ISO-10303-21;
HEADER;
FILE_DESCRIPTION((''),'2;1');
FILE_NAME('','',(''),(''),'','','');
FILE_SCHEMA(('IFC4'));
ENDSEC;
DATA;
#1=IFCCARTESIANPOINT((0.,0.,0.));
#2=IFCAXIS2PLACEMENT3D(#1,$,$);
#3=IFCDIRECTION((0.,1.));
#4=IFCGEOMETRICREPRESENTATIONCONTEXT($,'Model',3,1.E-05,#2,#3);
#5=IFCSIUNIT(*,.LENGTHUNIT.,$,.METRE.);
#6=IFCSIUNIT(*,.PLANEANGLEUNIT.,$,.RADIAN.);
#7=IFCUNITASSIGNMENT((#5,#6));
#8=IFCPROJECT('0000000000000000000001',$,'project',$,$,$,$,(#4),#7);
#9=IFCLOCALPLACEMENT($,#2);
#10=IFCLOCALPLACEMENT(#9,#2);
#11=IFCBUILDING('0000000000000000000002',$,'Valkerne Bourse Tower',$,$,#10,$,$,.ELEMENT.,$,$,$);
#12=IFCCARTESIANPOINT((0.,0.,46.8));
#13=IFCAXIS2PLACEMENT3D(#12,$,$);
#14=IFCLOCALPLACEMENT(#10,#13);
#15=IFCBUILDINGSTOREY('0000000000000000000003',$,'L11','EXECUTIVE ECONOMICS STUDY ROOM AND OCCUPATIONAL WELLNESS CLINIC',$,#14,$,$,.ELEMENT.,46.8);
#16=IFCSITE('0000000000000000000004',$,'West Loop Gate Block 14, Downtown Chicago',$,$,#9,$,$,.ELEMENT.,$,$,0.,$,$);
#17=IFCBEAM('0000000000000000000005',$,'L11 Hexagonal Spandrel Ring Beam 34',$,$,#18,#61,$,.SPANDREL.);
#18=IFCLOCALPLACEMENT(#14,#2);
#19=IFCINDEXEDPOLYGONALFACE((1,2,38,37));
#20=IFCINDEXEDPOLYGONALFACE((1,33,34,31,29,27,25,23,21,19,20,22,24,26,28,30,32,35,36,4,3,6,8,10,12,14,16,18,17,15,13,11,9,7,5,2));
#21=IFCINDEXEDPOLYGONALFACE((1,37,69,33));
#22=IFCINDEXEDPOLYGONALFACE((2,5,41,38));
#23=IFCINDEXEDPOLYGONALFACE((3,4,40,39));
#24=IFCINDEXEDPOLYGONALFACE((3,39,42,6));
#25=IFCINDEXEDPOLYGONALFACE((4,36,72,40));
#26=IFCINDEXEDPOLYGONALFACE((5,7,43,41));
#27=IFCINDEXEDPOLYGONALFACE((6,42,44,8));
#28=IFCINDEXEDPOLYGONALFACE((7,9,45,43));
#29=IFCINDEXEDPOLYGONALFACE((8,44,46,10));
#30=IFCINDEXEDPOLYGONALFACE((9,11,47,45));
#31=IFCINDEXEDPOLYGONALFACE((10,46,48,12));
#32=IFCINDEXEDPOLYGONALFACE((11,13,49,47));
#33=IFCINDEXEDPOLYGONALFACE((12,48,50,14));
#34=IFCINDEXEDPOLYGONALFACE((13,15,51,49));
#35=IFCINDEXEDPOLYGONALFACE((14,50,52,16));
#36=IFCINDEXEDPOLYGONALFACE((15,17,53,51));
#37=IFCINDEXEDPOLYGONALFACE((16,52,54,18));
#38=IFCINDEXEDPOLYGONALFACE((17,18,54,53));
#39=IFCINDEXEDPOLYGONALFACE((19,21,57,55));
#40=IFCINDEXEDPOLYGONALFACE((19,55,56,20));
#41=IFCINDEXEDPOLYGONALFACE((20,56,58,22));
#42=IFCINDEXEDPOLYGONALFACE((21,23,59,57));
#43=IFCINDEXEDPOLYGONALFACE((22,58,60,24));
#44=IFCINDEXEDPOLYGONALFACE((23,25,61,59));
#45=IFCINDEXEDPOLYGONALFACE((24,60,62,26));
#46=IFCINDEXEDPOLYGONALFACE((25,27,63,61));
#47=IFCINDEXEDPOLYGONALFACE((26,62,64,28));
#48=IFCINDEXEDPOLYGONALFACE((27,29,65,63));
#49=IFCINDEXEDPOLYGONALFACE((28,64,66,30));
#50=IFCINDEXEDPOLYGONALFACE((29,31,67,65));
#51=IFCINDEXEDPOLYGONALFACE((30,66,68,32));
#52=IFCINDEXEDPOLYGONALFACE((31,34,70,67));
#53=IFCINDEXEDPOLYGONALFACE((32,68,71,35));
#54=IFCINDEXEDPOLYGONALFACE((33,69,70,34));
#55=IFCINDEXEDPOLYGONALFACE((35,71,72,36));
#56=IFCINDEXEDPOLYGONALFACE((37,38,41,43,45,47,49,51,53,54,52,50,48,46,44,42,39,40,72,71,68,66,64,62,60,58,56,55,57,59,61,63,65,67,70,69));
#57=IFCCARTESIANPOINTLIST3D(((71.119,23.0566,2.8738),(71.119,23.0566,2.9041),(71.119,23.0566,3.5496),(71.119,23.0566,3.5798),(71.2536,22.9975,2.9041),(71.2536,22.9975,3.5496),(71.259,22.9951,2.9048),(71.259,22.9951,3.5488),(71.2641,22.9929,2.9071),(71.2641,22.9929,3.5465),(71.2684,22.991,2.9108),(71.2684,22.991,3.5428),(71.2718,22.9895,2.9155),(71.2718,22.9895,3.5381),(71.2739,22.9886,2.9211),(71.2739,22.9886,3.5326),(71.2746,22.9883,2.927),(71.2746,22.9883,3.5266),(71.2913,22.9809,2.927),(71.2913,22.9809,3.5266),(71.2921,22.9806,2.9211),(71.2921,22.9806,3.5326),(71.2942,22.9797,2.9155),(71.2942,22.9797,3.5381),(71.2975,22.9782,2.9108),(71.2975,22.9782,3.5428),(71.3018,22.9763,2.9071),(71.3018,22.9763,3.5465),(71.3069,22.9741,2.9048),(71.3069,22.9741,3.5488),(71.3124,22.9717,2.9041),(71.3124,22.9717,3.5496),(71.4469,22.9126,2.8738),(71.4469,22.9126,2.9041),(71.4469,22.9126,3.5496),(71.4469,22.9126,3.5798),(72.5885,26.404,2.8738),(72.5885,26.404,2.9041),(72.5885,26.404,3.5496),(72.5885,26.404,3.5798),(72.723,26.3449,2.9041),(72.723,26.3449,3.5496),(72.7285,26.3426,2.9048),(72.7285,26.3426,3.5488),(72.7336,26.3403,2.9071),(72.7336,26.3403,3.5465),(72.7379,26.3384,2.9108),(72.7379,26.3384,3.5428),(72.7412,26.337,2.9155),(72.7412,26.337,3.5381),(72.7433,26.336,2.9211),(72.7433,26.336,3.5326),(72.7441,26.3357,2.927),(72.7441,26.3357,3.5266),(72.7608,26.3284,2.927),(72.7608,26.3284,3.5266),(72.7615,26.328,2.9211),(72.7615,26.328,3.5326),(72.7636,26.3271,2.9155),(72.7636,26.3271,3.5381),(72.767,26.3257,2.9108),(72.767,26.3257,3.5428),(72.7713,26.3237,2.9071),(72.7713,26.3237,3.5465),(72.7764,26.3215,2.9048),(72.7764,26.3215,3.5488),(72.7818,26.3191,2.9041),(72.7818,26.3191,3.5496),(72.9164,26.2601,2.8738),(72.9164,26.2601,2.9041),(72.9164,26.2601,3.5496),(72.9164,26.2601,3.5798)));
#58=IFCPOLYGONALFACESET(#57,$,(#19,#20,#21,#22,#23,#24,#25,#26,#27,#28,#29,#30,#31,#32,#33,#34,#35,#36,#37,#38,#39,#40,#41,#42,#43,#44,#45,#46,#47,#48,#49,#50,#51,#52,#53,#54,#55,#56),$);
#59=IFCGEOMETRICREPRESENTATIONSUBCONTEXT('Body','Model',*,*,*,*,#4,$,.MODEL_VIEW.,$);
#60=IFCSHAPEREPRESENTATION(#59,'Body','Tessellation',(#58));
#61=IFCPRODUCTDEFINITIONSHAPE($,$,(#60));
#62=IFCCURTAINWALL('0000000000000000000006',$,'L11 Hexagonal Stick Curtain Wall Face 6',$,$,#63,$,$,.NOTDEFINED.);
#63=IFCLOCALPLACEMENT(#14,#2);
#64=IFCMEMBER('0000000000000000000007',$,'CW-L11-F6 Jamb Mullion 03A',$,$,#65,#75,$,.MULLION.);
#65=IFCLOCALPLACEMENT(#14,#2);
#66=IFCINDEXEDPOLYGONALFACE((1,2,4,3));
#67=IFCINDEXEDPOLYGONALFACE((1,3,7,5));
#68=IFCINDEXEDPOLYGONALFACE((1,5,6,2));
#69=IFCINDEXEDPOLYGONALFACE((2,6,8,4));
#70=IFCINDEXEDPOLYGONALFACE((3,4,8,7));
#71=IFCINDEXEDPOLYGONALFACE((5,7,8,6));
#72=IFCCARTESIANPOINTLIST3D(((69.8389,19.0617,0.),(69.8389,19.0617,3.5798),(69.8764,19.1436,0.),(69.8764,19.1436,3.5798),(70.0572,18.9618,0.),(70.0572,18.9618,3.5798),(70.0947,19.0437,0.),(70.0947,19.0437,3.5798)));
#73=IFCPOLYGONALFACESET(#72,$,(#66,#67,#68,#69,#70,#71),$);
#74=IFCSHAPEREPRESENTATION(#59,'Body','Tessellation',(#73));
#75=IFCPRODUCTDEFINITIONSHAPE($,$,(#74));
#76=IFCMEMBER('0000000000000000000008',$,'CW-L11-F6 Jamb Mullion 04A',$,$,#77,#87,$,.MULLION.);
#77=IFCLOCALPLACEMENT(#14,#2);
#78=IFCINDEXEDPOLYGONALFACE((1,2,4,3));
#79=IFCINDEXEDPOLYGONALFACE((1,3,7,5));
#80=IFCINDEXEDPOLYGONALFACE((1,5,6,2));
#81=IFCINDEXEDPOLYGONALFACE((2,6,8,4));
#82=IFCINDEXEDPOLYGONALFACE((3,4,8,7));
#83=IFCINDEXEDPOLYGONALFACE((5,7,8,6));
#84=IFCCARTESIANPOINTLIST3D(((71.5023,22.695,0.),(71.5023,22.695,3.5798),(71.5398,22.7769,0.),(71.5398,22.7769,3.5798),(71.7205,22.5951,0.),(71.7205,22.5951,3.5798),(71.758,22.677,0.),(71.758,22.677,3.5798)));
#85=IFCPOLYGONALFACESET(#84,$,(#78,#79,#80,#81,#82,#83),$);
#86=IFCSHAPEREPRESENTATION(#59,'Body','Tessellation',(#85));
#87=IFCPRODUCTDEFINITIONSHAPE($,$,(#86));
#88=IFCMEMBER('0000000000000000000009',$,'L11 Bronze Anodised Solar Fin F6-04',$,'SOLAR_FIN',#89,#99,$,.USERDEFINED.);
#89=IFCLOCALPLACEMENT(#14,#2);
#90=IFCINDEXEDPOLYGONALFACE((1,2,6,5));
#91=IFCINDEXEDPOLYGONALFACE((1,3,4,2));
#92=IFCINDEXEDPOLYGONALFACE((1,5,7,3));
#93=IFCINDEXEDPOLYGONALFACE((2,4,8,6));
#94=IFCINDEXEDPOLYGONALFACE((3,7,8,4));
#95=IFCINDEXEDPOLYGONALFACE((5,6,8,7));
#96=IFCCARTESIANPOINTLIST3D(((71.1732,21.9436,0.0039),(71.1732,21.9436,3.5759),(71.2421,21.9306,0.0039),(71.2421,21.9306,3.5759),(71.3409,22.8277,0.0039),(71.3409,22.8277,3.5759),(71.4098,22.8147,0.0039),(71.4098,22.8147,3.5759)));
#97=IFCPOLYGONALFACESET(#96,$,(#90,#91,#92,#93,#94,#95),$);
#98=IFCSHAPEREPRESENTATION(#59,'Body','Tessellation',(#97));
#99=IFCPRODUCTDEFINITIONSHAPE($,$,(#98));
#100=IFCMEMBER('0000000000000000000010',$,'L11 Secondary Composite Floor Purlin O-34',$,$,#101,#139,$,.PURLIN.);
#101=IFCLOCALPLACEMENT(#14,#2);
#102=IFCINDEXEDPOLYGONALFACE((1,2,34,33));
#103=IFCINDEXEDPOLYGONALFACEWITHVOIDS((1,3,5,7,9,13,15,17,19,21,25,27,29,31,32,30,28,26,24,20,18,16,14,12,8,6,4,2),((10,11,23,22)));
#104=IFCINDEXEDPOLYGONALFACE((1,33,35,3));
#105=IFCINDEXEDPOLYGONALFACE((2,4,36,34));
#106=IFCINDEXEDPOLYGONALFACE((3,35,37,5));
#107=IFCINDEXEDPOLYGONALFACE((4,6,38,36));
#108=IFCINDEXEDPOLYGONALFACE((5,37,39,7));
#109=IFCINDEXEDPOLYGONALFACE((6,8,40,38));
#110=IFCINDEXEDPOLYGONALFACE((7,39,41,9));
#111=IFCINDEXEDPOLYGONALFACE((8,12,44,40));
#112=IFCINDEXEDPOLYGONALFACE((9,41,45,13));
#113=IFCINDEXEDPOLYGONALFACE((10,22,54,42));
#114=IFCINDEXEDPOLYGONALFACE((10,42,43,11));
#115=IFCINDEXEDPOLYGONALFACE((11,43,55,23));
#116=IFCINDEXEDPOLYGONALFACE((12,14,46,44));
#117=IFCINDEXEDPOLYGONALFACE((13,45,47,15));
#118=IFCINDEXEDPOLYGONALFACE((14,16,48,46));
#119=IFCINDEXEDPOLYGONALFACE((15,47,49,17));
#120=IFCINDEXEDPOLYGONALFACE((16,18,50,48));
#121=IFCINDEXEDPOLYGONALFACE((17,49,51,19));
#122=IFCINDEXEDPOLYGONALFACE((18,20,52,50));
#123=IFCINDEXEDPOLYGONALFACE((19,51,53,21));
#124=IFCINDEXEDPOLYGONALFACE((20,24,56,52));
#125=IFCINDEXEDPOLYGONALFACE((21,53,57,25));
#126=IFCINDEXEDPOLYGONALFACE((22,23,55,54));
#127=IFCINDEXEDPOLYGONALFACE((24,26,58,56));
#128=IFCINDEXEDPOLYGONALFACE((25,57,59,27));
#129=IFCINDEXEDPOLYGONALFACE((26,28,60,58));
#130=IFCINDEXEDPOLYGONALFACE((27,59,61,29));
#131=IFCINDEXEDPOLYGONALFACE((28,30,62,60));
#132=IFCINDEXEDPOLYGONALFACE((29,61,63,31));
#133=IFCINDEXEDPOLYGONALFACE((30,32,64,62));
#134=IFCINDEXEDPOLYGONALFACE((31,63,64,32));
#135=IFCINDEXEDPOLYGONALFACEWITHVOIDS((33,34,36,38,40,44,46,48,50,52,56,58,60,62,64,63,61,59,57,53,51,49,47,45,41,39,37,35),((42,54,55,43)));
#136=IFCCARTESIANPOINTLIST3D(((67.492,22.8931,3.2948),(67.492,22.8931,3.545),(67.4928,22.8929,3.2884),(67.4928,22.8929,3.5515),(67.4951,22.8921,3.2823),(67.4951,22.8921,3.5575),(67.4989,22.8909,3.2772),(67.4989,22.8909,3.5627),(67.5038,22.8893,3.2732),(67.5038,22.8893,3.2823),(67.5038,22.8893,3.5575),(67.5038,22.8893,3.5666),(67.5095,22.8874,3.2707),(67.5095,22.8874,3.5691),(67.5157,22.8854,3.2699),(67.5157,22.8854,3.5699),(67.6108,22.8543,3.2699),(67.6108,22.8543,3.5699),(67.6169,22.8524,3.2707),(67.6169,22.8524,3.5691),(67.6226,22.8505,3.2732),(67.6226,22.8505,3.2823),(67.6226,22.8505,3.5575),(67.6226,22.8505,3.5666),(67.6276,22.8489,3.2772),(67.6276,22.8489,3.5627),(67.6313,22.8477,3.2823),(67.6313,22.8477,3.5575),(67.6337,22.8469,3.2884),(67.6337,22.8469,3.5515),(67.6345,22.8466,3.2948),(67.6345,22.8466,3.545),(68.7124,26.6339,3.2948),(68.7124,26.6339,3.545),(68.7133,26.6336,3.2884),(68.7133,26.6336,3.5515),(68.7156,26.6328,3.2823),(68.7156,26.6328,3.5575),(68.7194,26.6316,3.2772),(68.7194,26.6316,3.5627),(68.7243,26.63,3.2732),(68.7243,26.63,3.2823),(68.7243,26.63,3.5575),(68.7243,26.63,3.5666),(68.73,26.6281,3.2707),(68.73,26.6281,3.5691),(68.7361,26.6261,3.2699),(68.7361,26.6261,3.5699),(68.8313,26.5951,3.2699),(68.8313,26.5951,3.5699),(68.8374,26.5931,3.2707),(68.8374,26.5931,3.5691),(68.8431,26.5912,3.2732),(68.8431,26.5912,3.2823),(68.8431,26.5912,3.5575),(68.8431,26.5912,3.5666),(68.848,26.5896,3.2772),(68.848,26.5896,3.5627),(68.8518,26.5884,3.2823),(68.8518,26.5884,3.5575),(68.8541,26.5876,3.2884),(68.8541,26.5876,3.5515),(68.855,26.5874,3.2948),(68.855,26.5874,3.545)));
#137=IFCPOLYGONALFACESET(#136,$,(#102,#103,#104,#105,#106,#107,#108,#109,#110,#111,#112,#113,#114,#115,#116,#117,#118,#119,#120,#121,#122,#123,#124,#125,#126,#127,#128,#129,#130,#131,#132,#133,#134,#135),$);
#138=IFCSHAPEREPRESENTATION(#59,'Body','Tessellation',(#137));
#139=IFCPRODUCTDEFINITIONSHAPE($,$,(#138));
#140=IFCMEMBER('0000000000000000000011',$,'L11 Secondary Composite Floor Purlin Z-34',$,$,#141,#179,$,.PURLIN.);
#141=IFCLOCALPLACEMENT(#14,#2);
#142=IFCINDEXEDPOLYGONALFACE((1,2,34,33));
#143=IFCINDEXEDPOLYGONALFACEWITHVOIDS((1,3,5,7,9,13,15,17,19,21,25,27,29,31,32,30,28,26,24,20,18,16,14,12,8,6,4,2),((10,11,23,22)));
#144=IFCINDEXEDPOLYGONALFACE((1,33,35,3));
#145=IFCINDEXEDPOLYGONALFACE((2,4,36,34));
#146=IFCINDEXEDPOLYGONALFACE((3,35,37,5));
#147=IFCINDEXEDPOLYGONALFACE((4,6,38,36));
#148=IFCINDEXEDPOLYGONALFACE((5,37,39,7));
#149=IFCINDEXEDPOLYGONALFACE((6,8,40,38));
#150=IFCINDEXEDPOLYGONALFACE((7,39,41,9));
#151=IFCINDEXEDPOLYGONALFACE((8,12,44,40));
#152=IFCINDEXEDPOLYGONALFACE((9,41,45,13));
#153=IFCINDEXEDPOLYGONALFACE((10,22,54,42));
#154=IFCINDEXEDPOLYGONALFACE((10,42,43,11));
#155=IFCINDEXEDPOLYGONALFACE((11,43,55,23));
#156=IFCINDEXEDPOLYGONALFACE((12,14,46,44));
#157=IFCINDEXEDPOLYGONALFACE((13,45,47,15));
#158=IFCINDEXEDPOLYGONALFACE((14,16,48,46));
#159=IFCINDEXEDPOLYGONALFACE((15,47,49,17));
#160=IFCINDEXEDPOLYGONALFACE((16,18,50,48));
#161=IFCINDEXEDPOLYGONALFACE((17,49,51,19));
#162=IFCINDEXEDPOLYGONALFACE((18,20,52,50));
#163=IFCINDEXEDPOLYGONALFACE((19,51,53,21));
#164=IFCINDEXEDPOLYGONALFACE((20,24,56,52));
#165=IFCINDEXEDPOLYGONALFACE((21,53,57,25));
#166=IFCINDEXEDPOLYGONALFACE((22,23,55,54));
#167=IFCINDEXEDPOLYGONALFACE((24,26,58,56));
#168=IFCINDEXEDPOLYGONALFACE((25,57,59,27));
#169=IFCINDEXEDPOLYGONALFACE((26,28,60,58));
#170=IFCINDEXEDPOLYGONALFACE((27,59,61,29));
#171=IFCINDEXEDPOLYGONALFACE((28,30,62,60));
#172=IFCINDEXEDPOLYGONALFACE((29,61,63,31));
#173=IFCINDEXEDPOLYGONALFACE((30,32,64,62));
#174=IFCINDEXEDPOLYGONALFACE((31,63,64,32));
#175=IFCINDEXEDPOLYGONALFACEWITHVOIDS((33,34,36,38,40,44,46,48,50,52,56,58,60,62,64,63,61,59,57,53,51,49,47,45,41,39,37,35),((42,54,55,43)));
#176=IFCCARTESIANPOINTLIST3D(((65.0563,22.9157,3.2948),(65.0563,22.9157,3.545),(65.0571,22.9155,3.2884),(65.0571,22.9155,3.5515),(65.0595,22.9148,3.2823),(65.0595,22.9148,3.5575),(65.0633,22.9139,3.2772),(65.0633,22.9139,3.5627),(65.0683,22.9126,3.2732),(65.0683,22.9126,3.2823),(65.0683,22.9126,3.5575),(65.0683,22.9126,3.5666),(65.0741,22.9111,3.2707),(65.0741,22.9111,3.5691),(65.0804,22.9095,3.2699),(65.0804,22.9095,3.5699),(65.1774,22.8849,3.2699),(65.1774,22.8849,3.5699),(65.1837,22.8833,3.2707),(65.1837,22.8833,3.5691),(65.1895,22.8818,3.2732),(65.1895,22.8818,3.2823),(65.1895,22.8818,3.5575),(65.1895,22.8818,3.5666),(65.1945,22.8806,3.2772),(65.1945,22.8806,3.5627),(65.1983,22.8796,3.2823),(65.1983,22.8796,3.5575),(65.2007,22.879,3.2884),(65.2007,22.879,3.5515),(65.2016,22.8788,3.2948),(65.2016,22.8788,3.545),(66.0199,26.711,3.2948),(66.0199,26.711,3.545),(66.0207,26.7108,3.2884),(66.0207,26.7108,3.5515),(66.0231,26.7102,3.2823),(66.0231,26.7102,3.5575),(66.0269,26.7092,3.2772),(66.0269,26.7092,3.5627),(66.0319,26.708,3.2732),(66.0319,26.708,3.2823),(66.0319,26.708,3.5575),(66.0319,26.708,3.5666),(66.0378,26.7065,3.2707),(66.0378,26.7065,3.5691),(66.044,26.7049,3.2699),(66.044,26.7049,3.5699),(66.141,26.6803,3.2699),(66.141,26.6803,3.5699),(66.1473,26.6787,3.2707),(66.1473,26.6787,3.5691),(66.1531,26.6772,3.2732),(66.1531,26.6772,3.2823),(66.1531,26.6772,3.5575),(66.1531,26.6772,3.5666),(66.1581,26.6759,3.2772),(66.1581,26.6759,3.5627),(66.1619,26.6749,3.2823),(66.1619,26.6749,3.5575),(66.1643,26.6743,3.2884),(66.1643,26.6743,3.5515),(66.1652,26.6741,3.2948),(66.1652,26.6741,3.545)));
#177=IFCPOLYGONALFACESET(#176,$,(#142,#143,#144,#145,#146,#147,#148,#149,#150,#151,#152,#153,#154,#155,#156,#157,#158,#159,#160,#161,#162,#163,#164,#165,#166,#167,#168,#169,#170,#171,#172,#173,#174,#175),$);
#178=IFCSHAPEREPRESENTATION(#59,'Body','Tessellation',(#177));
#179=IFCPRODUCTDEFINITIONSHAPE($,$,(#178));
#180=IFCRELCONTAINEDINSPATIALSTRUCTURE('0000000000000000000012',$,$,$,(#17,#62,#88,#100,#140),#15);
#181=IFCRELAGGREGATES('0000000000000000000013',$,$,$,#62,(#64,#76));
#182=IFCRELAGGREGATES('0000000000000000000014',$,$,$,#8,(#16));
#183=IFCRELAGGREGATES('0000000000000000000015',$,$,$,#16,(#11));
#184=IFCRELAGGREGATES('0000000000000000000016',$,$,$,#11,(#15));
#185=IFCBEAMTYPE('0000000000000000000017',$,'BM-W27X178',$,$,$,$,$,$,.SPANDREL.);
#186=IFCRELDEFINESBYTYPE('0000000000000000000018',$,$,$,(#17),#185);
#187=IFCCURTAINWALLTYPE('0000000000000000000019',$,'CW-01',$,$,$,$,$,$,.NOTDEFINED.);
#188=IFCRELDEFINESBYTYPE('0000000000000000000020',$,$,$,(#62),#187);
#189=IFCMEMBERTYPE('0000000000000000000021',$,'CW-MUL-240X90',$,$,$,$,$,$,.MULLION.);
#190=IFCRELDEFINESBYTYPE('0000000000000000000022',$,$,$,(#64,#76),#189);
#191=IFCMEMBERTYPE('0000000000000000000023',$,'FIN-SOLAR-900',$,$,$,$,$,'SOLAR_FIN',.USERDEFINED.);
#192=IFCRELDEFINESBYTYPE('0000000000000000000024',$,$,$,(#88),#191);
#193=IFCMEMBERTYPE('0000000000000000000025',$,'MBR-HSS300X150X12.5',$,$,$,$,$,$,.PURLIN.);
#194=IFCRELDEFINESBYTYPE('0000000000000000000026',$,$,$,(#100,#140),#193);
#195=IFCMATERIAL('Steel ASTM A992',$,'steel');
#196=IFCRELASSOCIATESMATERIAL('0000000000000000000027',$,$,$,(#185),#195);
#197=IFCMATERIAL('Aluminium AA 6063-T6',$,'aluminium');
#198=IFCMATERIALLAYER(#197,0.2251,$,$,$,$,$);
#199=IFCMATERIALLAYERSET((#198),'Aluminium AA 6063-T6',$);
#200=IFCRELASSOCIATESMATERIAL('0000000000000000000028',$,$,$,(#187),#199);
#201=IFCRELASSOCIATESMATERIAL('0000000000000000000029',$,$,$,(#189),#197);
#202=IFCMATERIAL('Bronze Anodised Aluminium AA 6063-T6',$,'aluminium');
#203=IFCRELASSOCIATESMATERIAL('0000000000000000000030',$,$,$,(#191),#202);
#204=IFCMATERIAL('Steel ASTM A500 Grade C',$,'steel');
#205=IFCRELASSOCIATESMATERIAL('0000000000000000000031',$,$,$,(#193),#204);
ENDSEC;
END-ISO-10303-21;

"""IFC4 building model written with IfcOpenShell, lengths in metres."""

from ifc_helpers import new_model, si_unit, direction, frame, origin, origin_2d, place, context, subcontext, project, spatial, rectangle, hollow_rectangle, i_section, extrude, material, layer, layer_set, material_profile, profile_set, type_object, element, aggregate, save


model = new_model("IFC4")

# Units and contexts
model_context = context("Model", 3, precision=1e-05, world=origin(), true_north=direction((0.0, 1.0)))
body_context = subcontext(model_context, "Body", "Model", "MODEL_VIEW")
ifc_project = project(units=[si_unit("LENGTHUNIT", "METRE"), si_unit("PLANEANGLEUNIT", "RADIAN")], contexts=[model_context])

# Site, building, storey
site_placement = place(None, origin())
site = spatial("IfcSite", under=ifc_project, at=site_placement, Name="West Loop Gate Block 14, Downtown Chicago", CompositionType="ELEMENT", RefElevation=0.0)
building_placement = place(site_placement, origin())
building = spatial("IfcBuilding", under=site, at=building_placement, Name="Valkerne Bourse Tower", CompositionType="ELEMENT")
storey_placement = place(building_placement, frame((0.0, 0.0, 46.8)))
storey = spatial("IfcBuildingStorey", under=building, at=storey_placement, Name="L11", Description="EXECUTIVE ECONOMICS STUDY ROOM AND OCCUPATIONAL WELLNESS CLINIC", CompositionType="ELEMENT", Elevation=46.8)

# Beam
ifc_material_1 = material(Name="Steel ASTM A992", Category="steel")
ifc_material_profile_1 = material_profile(ifc_material_1, i_section(OverallWidth=0.3582, OverallDepth=0.7061, WebThickness=0.0183, FlangeThickness=0.0303, FilletRadius=0.0229, at=origin_2d()), Name="W27X178")
ifc_profile_set_1 = profile_set([ifc_material_profile_1], Name="Steel ASTM A992")
beam_type_1 = type_object("IfcBeamType", Name="BM-W27X178", PredefinedType="SPANDREL", material=ifc_profile_set_1)
beam_1_placement = place(storey_placement, frame((71.283, 22.9846, 3.2268), z_axis=(0.401964, 0.915655, 0.0), x_axis=(-0.915655, 0.401964, 0.0)))
element("IfcBeam", 1, at=beam_1_placement, inside=storey, type_object=beam_type_1, Name="L11 Hexagonal Spandrel Ring Beam 34", PredefinedType="SPANDREL", context=body_context, shape_type="SweptSolid", body=[
    extrude(i_section(OverallWidth=0.3582, OverallDepth=0.7061, WebThickness=0.0183, FlangeThickness=0.0303, FilletRadius=0.0229, at=origin_2d()), origin(), (0.0, 0.0, 1.0), 3.6558),
])

# Curtain wall, members
ifc_material_2 = material(Name="Aluminium AA 6063-T6", Category="aluminium")
ifc_layer_1 = layer(ifc_material_2, 0.2251)
ifc_layer_set_1 = layer_set([ifc_layer_1], Name="Aluminium AA 6063-T6")
curtain_wall_type = type_object("IfcCurtainWallType", Name="CW-01", PredefinedType="NOTDEFINED", material=ifc_layer_set_1)
curtain_wall_placement = place(storey_placement, origin())
curtain_wall = element("IfcCurtainWall", 2, at=curtain_wall_placement, inside=storey, type_object=curtain_wall_type, Name="L11 Hexagonal Stick Curtain Wall Face 6", PredefinedType="NOTDEFINED")
ifc_material_profile_2 = material_profile(ifc_material_2, rectangle(XDim=0.0901, YDim=0.24, at=origin_2d()), Name="CWM-90X240")
ifc_profile_set_2 = profile_set([ifc_material_profile_2], Name="Aluminium AA 6063-T6")
member_type_1 = type_object("IfcMemberType", Name="CW-MUL-240X90", PredefinedType="MULLION", material=ifc_profile_set_2)
member_1_placement = place(storey_placement, frame((69.9668, 19.0527, 0.0), z_axis=(0.0, 0.0, 1.0), x_axis=(0.416269, 0.909241, 0.0)))
member_1 = element("IfcMember", 3, at=member_1_placement, type_object=member_type_1, Name="CW-L11-F6 Jamb Mullion 03A", PredefinedType="MULLION", context=body_context, shape_type="SweptSolid", body=[
    extrude(rectangle(XDim=0.0901, YDim=0.24, at=origin_2d()), origin(), (0.0, 0.0, 1.0), 3.5798),
])
member_2_placement = place(storey_placement, frame((71.6301, 22.686, 0.0), z_axis=(0.0, 0.0, 1.0), x_axis=(0.41629, 0.909232, 0.0)))
member_2 = element("IfcMember", 4, at=member_2_placement, type_object=member_type_1, Name="CW-L11-F6 Jamb Mullion 04A", PredefinedType="MULLION", context=body_context, shape_type="SweptSolid", body=[
    extrude(rectangle(XDim=0.0901, YDim=0.24, at=origin_2d()), origin(), (0.0, 0.0, 1.0), 3.5798),
])

# Members
ifc_material_3 = material(Name="Bronze Anodised Aluminium AA 6063-T6", Category="aluminium")
ifc_material_profile_3 = material_profile(ifc_material_3, rectangle(XDim=0.0701, YDim=0.8999, at=origin_2d()), Name="FIN-70X900")
ifc_profile_set_3 = profile_set([ifc_material_profile_3], Name="Bronze Anodised Aluminium AA 6063-T6")
member_type_2 = type_object("IfcMemberType", Name="FIN-SOLAR-900", ElementType="SOLAR_FIN", PredefinedType="USERDEFINED", material=ifc_profile_set_3)
member_3_placement = place(storey_placement, frame((71.2915, 22.3792, 0.0039), z_axis=(0.0, 0.0, 1.0), x_axis=(0.982482, -0.186357, 0.0)))
element("IfcMember", 5, at=member_3_placement, inside=storey, type_object=member_type_2, Name="L11 Bronze Anodised Solar Fin F6-04", ObjectType="SOLAR_FIN", PredefinedType="USERDEFINED", context=body_context, shape_type="SweptSolid", body=[
    extrude(rectangle(XDim=0.0701, YDim=0.8999, at=origin_2d()), origin(), (0.0, 0.0, 1.0), 3.572),
])
ifc_material_4 = material(Name="Steel ASTM A500 Grade C", Category="steel")
ifc_material_profile_4 = material_profile(ifc_material_4, hollow_rectangle(XDim=0.1499, YDim=0.3, WallThickness=0.0125, OuterFilletRadius=0.0249, at=origin_2d()), Name="HSS300X150X12.5")
ifc_profile_set_4 = profile_set([ifc_material_profile_4], Name="Steel ASTM A500 Grade C")
member_type_3 = type_object("IfcMemberType", Name="MBR-HSS300X150X12.5", PredefinedType="PURLIN", material=ifc_profile_set_4)
member_4_placement = place(storey_placement, frame((67.5632, 22.8699, 3.4199), z_axis=(0.310172, 0.950681, 0.0), x_axis=(-0.950681, 0.310172, 0.0)))
element("IfcMember", 6, at=member_4_placement, inside=storey, type_object=member_type_3, Name="L11 Secondary Composite Floor Purlin O-34", PredefinedType="PURLIN", context=body_context, shape_type="SweptSolid", body=[
    extrude(hollow_rectangle(XDim=0.1499, YDim=0.3, WallThickness=0.0125, OuterFilletRadius=0.0249, at=origin_2d()), origin(), (0.0, 0.0, 1.0), 3.9348),
])
member_5_placement = place(storey_placement, frame((65.1289, 22.8972, 3.4199), z_axis=(0.246084, 0.969248, 0.0), x_axis=(-0.969248, 0.246084, 0.0)))
element("IfcMember", 7, at=member_5_placement, inside=storey, type_object=member_type_3, Name="L11 Secondary Composite Floor Purlin Z-34", PredefinedType="PURLIN", context=body_context, shape_type="SweptSolid", body=[
    extrude(hollow_rectangle(XDim=0.1499, YDim=0.3, WallThickness=0.0125, OuterFilletRadius=0.0249, at=origin_2d()), origin(), (0.0, 0.0, 1.0), 3.9158),
])

aggregate(curtain_wall, [member_1, member_2])

save(model, "model.ifc")
